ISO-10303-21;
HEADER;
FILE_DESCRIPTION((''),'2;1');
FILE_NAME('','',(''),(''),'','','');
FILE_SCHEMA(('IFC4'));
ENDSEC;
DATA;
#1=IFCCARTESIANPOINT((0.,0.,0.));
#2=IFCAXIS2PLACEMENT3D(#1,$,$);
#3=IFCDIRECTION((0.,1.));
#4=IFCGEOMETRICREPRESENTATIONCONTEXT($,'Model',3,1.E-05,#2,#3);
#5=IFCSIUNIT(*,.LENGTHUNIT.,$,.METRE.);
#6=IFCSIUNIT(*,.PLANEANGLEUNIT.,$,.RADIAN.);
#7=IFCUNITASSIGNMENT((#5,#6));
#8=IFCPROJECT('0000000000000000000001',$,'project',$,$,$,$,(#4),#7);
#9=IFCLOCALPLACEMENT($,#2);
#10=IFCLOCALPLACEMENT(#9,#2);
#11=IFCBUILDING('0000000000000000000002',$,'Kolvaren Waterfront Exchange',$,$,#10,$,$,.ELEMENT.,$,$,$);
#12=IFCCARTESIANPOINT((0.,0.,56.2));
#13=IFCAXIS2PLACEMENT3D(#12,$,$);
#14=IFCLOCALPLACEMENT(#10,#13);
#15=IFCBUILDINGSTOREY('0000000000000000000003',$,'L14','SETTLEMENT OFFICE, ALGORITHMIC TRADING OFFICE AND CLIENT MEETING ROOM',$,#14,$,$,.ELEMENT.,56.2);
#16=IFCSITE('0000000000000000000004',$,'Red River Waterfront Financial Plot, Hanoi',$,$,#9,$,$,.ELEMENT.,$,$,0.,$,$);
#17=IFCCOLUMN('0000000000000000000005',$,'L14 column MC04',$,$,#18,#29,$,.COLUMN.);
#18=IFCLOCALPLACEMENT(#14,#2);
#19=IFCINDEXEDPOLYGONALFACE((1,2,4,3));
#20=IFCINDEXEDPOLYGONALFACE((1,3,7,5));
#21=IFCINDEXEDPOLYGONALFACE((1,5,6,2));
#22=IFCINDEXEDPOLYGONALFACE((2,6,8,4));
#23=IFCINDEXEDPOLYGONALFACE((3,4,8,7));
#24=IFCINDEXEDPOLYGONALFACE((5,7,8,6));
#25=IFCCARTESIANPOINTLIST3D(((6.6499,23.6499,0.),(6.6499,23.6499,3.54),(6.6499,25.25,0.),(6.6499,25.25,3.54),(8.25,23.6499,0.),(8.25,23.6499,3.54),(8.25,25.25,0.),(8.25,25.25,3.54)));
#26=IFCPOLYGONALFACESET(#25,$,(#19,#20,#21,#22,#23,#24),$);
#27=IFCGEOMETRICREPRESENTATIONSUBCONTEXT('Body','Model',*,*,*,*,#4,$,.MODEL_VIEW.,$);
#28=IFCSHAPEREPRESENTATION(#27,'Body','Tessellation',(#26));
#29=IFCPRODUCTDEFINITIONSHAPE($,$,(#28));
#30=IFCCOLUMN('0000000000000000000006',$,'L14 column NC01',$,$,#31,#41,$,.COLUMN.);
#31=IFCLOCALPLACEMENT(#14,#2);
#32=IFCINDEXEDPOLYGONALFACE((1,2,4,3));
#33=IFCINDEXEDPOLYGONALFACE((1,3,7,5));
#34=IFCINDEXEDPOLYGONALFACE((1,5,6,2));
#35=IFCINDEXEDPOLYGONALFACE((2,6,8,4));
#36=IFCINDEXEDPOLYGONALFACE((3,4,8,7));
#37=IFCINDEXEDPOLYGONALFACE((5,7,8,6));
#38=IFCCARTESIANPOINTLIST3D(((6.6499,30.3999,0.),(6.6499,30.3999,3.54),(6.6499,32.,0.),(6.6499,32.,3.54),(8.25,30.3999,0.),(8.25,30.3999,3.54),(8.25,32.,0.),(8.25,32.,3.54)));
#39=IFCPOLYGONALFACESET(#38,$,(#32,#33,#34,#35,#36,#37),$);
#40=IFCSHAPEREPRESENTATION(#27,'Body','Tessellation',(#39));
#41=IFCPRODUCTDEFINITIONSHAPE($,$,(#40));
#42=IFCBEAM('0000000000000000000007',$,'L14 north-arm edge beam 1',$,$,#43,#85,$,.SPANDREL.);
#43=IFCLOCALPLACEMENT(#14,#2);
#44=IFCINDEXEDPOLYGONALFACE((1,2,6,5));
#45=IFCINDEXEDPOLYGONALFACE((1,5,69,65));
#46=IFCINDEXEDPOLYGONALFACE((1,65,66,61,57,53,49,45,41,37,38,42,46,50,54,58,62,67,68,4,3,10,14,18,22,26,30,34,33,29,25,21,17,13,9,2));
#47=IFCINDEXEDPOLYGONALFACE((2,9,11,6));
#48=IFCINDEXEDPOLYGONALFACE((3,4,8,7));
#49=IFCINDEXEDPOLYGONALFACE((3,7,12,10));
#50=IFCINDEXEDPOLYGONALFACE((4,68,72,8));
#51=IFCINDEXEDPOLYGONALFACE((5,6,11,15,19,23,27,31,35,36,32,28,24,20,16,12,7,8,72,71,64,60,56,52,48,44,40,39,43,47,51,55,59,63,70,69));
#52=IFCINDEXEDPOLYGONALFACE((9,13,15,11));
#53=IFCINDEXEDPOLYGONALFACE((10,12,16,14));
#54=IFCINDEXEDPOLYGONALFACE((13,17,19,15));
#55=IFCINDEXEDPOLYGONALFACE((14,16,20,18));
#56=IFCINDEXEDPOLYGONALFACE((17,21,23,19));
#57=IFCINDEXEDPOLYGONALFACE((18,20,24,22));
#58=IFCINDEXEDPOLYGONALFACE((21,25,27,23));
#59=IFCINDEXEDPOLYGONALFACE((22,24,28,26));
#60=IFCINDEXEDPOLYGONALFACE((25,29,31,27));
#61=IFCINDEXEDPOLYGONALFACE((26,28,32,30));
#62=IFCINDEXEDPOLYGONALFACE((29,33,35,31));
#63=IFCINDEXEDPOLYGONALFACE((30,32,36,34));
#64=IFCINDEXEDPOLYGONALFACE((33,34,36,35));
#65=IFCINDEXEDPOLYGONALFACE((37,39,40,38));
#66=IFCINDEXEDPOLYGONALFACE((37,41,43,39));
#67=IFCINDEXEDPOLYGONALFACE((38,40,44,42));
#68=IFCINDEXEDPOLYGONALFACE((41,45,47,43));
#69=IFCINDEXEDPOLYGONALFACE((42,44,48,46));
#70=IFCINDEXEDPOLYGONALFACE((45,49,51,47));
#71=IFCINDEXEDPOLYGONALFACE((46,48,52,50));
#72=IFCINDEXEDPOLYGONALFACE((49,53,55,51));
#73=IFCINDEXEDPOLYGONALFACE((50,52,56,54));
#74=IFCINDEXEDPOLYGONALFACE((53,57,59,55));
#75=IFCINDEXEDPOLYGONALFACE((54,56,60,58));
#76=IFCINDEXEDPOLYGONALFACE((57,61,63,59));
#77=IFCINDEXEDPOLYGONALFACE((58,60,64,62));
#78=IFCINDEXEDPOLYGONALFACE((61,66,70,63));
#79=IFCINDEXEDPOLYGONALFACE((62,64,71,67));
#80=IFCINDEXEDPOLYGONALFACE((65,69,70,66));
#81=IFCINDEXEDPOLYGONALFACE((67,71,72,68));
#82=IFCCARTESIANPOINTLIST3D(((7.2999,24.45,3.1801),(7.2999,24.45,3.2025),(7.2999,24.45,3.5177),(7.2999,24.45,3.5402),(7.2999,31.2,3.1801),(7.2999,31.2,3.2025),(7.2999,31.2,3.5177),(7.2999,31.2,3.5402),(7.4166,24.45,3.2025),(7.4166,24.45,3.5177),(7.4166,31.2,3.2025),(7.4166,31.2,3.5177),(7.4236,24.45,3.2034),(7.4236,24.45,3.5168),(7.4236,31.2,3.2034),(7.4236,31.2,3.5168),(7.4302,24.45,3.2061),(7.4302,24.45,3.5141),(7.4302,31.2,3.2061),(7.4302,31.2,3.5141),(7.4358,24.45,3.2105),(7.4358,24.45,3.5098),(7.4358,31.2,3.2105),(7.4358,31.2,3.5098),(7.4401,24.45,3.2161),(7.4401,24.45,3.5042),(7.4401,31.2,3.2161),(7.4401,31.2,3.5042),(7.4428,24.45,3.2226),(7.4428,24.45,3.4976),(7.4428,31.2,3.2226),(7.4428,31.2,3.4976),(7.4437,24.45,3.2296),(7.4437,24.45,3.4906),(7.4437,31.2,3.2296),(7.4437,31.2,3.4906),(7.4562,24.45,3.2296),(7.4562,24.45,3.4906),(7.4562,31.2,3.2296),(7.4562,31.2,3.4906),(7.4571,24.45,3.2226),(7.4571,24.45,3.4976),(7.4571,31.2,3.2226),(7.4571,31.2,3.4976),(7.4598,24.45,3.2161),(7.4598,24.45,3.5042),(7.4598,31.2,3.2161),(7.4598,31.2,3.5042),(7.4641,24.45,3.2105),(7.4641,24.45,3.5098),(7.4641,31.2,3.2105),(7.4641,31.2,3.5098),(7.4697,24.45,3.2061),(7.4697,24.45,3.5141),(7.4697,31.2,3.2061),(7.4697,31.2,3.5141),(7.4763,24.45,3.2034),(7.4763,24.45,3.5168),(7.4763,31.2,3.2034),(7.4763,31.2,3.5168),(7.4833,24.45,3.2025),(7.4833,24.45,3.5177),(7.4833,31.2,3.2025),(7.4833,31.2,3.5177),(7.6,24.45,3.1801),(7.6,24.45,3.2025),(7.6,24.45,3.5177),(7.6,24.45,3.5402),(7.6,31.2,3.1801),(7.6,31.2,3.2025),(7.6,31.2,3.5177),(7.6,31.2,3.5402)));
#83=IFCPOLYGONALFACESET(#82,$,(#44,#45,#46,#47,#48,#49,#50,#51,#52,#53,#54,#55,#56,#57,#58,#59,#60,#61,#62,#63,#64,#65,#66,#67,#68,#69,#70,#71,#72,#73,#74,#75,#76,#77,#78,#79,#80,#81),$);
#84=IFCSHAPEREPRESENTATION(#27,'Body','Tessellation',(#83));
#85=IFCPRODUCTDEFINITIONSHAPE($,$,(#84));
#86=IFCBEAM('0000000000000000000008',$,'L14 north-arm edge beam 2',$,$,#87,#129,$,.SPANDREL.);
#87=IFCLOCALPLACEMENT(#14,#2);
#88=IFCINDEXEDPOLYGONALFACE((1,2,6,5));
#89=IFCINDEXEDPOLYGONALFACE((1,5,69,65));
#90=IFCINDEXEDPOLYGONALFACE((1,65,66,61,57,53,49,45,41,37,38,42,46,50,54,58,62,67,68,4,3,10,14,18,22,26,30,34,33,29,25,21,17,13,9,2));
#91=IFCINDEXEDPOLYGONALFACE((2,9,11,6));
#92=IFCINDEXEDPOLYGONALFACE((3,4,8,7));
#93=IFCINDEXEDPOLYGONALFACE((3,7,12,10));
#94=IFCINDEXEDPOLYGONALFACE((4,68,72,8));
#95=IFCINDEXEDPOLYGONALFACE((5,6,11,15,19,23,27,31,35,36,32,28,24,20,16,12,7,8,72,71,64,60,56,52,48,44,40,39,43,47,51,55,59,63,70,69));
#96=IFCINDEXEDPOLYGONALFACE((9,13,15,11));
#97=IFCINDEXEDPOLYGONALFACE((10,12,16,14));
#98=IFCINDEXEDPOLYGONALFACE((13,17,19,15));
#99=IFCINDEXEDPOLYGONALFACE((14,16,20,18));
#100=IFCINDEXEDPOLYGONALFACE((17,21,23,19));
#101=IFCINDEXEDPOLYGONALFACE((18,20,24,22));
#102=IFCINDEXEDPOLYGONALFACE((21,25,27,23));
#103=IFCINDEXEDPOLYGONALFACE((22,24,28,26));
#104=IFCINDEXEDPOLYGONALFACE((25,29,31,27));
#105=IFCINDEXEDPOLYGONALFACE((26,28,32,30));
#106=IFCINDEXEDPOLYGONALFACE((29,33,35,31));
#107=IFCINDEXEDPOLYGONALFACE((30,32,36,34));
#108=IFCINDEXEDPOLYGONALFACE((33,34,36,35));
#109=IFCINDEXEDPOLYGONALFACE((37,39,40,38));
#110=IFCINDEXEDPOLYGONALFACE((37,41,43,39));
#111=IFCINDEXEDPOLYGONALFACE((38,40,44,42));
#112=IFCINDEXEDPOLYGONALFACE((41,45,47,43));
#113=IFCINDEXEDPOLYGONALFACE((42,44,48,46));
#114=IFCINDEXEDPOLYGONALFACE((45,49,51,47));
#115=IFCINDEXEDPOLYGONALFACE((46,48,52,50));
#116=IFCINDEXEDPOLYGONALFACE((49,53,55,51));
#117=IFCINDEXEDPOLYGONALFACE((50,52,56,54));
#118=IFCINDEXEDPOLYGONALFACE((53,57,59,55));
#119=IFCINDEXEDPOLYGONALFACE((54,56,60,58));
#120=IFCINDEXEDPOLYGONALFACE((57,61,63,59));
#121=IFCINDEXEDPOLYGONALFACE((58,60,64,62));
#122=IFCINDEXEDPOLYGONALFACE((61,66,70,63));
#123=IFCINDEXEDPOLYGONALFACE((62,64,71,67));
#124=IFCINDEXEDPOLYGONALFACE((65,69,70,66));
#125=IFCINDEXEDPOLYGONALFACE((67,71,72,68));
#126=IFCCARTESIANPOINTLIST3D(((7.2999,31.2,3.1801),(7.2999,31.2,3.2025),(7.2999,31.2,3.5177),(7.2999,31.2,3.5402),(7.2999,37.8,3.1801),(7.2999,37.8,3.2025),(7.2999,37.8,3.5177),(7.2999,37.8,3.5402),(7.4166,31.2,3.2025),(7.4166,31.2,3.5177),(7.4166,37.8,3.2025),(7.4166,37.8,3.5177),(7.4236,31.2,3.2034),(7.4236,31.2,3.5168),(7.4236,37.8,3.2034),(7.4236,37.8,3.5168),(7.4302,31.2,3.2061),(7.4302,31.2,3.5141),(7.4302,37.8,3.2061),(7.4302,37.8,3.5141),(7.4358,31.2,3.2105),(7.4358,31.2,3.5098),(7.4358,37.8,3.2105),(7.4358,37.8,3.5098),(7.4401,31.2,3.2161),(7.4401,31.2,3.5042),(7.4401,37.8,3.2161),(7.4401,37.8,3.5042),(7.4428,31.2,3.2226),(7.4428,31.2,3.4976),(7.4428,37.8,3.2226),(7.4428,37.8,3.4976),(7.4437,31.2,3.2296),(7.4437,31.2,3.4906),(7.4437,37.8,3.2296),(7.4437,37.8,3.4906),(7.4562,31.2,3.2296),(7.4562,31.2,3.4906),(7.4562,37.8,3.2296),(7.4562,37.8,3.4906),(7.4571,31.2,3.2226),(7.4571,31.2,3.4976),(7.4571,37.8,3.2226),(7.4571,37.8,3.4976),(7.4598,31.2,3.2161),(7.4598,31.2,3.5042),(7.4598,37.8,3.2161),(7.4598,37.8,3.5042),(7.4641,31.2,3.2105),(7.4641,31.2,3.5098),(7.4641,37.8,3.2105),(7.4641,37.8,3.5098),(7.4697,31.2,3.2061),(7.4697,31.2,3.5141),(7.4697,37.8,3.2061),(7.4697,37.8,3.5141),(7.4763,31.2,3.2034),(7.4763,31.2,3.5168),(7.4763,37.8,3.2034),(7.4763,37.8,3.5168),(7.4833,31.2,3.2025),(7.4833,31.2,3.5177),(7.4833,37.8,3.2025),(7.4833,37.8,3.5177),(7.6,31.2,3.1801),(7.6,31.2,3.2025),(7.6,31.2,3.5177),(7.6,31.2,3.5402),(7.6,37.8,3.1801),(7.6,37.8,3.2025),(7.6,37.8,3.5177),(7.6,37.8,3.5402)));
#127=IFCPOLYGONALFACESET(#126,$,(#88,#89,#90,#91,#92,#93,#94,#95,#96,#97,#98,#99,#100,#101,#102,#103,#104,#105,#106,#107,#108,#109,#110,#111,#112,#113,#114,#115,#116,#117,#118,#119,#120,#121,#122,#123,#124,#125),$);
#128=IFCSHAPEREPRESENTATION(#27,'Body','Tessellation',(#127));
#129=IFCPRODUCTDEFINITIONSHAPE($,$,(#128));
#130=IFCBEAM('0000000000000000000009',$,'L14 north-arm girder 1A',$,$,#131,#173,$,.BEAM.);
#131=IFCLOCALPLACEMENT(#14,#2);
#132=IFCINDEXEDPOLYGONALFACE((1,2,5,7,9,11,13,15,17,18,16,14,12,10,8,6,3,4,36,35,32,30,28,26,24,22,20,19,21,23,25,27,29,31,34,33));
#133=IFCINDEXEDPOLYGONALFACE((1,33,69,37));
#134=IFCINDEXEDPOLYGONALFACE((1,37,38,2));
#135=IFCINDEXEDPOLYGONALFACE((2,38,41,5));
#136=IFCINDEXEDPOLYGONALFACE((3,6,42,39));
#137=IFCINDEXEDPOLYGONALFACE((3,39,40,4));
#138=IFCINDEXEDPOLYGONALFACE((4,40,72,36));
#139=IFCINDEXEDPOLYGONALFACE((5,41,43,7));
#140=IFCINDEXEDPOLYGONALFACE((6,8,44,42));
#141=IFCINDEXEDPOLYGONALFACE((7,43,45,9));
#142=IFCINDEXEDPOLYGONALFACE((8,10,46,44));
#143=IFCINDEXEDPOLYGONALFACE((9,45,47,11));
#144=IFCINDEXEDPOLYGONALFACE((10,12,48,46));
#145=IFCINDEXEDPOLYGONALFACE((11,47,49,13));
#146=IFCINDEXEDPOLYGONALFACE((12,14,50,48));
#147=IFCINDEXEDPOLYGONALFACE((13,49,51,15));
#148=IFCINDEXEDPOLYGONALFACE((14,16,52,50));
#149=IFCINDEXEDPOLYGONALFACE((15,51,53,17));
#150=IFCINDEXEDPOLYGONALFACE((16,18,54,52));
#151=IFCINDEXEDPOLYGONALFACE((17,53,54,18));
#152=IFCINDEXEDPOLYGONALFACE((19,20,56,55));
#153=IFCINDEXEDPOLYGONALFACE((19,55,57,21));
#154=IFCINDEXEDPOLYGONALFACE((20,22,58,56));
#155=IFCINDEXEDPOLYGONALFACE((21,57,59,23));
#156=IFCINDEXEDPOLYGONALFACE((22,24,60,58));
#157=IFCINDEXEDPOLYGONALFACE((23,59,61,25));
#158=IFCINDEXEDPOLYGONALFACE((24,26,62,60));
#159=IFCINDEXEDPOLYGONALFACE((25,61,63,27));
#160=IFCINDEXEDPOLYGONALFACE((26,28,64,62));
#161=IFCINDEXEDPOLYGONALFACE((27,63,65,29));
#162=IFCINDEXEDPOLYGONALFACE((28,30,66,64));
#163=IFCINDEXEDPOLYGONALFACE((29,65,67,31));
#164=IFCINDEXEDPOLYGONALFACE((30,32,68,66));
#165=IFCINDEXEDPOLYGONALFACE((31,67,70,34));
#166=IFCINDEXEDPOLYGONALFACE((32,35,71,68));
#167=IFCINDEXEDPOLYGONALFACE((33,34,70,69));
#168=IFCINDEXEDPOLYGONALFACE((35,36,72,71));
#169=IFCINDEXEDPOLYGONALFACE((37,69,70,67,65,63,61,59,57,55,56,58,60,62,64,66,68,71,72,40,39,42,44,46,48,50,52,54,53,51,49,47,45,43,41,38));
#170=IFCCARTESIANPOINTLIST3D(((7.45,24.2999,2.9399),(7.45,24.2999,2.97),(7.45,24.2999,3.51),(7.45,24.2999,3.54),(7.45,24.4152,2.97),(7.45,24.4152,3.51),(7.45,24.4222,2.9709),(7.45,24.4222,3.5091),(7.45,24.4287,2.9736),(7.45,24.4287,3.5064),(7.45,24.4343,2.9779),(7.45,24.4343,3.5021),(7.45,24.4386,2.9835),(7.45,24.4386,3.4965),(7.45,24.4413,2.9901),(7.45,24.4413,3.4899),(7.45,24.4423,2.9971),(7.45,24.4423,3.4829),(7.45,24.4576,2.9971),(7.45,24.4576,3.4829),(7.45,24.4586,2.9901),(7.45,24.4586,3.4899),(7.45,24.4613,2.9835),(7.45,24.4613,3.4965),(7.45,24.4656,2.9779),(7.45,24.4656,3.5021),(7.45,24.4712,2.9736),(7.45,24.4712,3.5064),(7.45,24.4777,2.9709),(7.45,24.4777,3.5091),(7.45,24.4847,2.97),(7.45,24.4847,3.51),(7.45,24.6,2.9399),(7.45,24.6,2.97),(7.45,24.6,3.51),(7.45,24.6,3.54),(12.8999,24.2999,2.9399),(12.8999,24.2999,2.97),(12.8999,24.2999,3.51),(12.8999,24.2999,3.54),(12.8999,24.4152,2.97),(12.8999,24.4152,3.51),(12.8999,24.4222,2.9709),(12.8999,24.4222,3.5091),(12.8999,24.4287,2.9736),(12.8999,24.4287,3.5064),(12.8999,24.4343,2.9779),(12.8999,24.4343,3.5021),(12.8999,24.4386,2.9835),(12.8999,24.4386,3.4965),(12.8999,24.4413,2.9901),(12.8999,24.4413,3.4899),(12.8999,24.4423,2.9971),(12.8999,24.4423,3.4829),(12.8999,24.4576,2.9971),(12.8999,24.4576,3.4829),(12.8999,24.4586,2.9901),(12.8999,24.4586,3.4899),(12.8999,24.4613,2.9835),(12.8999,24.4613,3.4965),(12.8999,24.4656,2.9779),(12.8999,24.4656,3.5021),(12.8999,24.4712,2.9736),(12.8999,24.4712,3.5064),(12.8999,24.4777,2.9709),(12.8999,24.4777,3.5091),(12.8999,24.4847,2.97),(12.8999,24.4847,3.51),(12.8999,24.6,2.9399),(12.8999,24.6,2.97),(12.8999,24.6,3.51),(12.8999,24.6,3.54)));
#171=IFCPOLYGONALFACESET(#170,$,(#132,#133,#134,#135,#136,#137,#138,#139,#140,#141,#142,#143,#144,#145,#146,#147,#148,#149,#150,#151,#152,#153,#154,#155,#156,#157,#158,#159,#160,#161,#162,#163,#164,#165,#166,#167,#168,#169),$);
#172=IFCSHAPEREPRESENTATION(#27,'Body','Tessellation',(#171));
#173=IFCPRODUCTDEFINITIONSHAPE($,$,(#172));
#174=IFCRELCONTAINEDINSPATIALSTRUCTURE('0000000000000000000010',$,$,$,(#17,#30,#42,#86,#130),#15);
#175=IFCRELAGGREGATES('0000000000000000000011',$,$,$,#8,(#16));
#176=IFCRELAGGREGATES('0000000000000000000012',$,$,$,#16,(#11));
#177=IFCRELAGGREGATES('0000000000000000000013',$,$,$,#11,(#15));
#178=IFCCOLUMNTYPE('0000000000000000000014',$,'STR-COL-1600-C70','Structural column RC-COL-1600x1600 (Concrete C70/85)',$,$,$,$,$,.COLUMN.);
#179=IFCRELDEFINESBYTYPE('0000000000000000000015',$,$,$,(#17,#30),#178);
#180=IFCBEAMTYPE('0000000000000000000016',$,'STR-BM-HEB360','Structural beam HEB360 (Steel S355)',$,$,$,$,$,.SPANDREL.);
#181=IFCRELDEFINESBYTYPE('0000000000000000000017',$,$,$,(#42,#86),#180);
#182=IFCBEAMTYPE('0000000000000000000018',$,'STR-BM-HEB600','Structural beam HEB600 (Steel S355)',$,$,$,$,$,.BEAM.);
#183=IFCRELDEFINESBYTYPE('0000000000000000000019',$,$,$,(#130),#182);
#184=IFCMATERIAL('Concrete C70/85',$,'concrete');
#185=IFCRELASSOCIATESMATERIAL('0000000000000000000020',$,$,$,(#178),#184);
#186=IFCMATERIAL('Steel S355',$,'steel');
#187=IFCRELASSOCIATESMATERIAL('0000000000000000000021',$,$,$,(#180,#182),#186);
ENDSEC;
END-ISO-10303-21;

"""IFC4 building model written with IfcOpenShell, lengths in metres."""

from ifc_helpers import new_model, si_unit, direction, frame, origin, origin_2d, place, context, subcontext, project, spatial, rectangle, i_section, extrude, material, material_profile, profile_set, type_object, element, save


model = new_model("IFC4")

# Units and contexts
model_context = context("Model", 3, precision=1e-05, world=origin(), true_north=direction((0.0, 1.0)))
body_context = subcontext(model_context, "Body", "Model", "MODEL_VIEW")
ifc_project = project(units=[si_unit("LENGTHUNIT", "METRE"), si_unit("PLANEANGLEUNIT", "RADIAN")], contexts=[model_context])

# Site, building, storey
site_placement = place(None, origin())
site = spatial("IfcSite", under=ifc_project, at=site_placement, Name="Red River Waterfront Financial Plot, Hanoi", CompositionType="ELEMENT", RefElevation=0.0)
building_placement = place(site_placement, origin())
building = spatial("IfcBuilding", under=site, at=building_placement, Name="Kolvaren Waterfront Exchange", CompositionType="ELEMENT")
storey_placement = place(building_placement, frame((0.0, 0.0, 56.2)))
storey = spatial("IfcBuildingStorey", under=building, at=storey_placement, Name="L14", Description="SETTLEMENT OFFICE, ALGORITHMIC TRADING OFFICE AND CLIENT MEETING ROOM", CompositionType="ELEMENT", Elevation=56.2)

# Columns
ifc_material_1 = material(Name="Concrete C70/85", Category="concrete")
ifc_material_profile_1 = material_profile(ifc_material_1, rectangle(XDim=1.6001, YDim=1.6001, at=origin_2d()), Name="RC-COL-1600x1600")
ifc_profile_set_1 = profile_set([ifc_material_profile_1], Name="Concrete C70/85")
column_type = type_object("IfcColumnType", Name="STR-COL-1600-C70", Description="Structural column RC-COL-1600x1600 (Concrete C70/85)", PredefinedType="COLUMN", material=ifc_profile_set_1)
for number, where, z_axis, x_axis, name in (
    (1, (7.45, 24.45, 0.0), (0.0, 0.0, 1.0), (1.0, 0.0, 0.0), "L14 column MC04"),
    (2, (7.45, 31.2, 0.0), (0.0, 0.0, 1.0), (1.0, 0.0, 0.0), "L14 column NC01"),
):
    element("IfcColumn", number, at=place(storey_placement, frame(where, z_axis=z_axis, x_axis=x_axis)), inside=storey, type_object=column_type, Name=name, PredefinedType="COLUMN", context=body_context, shape_type="SweptSolid", body=[
        extrude(rectangle(XDim=1.6001, YDim=1.6001, at=origin_2d()), origin(), (0.0, 0.0, 1.0), 3.54),
    ])

# Beams
ifc_material_2 = material(Name="Steel S355", Category="steel")
ifc_material_profile_2 = material_profile(ifc_material_2, i_section(OverallWidth=0.3, OverallDepth=0.3601, WebThickness=0.0125, FlangeThickness=0.0225, FilletRadius=0.0271, at=origin_2d()), Name="HEB360")
ifc_profile_set_2 = profile_set([ifc_material_profile_2], Name="Steel S355")
beam_type_1 = type_object("IfcBeamType", Name="STR-BM-HEB360", Description="Structural beam HEB360 (Steel S355)", PredefinedType="SPANDREL", material=ifc_profile_set_2)
beam_1_placement = place(storey_placement, frame((7.45, 24.45, 3.3601), z_axis=(0.0, 1.0, 0.0), x_axis=(-1.0, 0.0, 0.0)))
element("IfcBeam", 3, at=beam_1_placement, inside=storey, type_object=beam_type_1, Name="L14 north-arm edge beam 1", PredefinedType="SPANDREL", context=body_context, shape_type="SweptSolid", body=[
    extrude(i_section(OverallWidth=0.3, OverallDepth=0.3601, WebThickness=0.0125, FlangeThickness=0.0225, FilletRadius=0.0271, at=origin_2d()), origin(), (0.0, 0.0, 1.0), 6.75),
])
beam_2_placement = place(storey_placement, frame((7.45, 31.2, 3.3601), z_axis=(0.0, 1.0, 0.0), x_axis=(-1.0, 0.0, 0.0)))
element("IfcBeam", 4, at=beam_2_placement, inside=storey, type_object=beam_type_1, Name="L14 north-arm edge beam 2", PredefinedType="SPANDREL", context=body_context, shape_type="SweptSolid", body=[
    extrude(i_section(OverallWidth=0.3, OverallDepth=0.3601, WebThickness=0.0125, FlangeThickness=0.0225, FilletRadius=0.0271, at=origin_2d()), origin(), (0.0, 0.0, 1.0), 6.6001),
])
ifc_material_profile_3 = material_profile(ifc_material_2, i_section(OverallWidth=0.3, OverallDepth=0.6001, WebThickness=0.0154, FlangeThickness=0.03, FilletRadius=0.0271, at=origin_2d()), Name="HEB600")
ifc_profile_set_3 = profile_set([ifc_material_profile_3], Name="Steel S355")
beam_type_2 = type_object("IfcBeamType", Name="STR-BM-HEB600", Description="Structural beam HEB600 (Steel S355)", PredefinedType="BEAM", material=ifc_profile_set_3)
for number, where, z_axis, x_axis, name in (
    (5, (7.45, 24.45, 3.24), (1.0, 0.0, 0.0), (0.0, 1.0, 0.0), "L14 north-arm girder 1A"),
):
    element("IfcBeam", number, at=place(storey_placement, frame(where, z_axis=z_axis, x_axis=x_axis)), inside=storey, type_object=beam_type_2, Name=name, PredefinedType="BEAM", context=body_context, shape_type="SweptSolid", body=[
        extrude(i_section(OverallWidth=0.3, OverallDepth=0.6001, WebThickness=0.0154, FlangeThickness=0.03, FilletRadius=0.0271, at=origin_2d()), origin(), (0.0, 0.0, 1.0), 5.45),
    ])

save(model, "model.ifc")
